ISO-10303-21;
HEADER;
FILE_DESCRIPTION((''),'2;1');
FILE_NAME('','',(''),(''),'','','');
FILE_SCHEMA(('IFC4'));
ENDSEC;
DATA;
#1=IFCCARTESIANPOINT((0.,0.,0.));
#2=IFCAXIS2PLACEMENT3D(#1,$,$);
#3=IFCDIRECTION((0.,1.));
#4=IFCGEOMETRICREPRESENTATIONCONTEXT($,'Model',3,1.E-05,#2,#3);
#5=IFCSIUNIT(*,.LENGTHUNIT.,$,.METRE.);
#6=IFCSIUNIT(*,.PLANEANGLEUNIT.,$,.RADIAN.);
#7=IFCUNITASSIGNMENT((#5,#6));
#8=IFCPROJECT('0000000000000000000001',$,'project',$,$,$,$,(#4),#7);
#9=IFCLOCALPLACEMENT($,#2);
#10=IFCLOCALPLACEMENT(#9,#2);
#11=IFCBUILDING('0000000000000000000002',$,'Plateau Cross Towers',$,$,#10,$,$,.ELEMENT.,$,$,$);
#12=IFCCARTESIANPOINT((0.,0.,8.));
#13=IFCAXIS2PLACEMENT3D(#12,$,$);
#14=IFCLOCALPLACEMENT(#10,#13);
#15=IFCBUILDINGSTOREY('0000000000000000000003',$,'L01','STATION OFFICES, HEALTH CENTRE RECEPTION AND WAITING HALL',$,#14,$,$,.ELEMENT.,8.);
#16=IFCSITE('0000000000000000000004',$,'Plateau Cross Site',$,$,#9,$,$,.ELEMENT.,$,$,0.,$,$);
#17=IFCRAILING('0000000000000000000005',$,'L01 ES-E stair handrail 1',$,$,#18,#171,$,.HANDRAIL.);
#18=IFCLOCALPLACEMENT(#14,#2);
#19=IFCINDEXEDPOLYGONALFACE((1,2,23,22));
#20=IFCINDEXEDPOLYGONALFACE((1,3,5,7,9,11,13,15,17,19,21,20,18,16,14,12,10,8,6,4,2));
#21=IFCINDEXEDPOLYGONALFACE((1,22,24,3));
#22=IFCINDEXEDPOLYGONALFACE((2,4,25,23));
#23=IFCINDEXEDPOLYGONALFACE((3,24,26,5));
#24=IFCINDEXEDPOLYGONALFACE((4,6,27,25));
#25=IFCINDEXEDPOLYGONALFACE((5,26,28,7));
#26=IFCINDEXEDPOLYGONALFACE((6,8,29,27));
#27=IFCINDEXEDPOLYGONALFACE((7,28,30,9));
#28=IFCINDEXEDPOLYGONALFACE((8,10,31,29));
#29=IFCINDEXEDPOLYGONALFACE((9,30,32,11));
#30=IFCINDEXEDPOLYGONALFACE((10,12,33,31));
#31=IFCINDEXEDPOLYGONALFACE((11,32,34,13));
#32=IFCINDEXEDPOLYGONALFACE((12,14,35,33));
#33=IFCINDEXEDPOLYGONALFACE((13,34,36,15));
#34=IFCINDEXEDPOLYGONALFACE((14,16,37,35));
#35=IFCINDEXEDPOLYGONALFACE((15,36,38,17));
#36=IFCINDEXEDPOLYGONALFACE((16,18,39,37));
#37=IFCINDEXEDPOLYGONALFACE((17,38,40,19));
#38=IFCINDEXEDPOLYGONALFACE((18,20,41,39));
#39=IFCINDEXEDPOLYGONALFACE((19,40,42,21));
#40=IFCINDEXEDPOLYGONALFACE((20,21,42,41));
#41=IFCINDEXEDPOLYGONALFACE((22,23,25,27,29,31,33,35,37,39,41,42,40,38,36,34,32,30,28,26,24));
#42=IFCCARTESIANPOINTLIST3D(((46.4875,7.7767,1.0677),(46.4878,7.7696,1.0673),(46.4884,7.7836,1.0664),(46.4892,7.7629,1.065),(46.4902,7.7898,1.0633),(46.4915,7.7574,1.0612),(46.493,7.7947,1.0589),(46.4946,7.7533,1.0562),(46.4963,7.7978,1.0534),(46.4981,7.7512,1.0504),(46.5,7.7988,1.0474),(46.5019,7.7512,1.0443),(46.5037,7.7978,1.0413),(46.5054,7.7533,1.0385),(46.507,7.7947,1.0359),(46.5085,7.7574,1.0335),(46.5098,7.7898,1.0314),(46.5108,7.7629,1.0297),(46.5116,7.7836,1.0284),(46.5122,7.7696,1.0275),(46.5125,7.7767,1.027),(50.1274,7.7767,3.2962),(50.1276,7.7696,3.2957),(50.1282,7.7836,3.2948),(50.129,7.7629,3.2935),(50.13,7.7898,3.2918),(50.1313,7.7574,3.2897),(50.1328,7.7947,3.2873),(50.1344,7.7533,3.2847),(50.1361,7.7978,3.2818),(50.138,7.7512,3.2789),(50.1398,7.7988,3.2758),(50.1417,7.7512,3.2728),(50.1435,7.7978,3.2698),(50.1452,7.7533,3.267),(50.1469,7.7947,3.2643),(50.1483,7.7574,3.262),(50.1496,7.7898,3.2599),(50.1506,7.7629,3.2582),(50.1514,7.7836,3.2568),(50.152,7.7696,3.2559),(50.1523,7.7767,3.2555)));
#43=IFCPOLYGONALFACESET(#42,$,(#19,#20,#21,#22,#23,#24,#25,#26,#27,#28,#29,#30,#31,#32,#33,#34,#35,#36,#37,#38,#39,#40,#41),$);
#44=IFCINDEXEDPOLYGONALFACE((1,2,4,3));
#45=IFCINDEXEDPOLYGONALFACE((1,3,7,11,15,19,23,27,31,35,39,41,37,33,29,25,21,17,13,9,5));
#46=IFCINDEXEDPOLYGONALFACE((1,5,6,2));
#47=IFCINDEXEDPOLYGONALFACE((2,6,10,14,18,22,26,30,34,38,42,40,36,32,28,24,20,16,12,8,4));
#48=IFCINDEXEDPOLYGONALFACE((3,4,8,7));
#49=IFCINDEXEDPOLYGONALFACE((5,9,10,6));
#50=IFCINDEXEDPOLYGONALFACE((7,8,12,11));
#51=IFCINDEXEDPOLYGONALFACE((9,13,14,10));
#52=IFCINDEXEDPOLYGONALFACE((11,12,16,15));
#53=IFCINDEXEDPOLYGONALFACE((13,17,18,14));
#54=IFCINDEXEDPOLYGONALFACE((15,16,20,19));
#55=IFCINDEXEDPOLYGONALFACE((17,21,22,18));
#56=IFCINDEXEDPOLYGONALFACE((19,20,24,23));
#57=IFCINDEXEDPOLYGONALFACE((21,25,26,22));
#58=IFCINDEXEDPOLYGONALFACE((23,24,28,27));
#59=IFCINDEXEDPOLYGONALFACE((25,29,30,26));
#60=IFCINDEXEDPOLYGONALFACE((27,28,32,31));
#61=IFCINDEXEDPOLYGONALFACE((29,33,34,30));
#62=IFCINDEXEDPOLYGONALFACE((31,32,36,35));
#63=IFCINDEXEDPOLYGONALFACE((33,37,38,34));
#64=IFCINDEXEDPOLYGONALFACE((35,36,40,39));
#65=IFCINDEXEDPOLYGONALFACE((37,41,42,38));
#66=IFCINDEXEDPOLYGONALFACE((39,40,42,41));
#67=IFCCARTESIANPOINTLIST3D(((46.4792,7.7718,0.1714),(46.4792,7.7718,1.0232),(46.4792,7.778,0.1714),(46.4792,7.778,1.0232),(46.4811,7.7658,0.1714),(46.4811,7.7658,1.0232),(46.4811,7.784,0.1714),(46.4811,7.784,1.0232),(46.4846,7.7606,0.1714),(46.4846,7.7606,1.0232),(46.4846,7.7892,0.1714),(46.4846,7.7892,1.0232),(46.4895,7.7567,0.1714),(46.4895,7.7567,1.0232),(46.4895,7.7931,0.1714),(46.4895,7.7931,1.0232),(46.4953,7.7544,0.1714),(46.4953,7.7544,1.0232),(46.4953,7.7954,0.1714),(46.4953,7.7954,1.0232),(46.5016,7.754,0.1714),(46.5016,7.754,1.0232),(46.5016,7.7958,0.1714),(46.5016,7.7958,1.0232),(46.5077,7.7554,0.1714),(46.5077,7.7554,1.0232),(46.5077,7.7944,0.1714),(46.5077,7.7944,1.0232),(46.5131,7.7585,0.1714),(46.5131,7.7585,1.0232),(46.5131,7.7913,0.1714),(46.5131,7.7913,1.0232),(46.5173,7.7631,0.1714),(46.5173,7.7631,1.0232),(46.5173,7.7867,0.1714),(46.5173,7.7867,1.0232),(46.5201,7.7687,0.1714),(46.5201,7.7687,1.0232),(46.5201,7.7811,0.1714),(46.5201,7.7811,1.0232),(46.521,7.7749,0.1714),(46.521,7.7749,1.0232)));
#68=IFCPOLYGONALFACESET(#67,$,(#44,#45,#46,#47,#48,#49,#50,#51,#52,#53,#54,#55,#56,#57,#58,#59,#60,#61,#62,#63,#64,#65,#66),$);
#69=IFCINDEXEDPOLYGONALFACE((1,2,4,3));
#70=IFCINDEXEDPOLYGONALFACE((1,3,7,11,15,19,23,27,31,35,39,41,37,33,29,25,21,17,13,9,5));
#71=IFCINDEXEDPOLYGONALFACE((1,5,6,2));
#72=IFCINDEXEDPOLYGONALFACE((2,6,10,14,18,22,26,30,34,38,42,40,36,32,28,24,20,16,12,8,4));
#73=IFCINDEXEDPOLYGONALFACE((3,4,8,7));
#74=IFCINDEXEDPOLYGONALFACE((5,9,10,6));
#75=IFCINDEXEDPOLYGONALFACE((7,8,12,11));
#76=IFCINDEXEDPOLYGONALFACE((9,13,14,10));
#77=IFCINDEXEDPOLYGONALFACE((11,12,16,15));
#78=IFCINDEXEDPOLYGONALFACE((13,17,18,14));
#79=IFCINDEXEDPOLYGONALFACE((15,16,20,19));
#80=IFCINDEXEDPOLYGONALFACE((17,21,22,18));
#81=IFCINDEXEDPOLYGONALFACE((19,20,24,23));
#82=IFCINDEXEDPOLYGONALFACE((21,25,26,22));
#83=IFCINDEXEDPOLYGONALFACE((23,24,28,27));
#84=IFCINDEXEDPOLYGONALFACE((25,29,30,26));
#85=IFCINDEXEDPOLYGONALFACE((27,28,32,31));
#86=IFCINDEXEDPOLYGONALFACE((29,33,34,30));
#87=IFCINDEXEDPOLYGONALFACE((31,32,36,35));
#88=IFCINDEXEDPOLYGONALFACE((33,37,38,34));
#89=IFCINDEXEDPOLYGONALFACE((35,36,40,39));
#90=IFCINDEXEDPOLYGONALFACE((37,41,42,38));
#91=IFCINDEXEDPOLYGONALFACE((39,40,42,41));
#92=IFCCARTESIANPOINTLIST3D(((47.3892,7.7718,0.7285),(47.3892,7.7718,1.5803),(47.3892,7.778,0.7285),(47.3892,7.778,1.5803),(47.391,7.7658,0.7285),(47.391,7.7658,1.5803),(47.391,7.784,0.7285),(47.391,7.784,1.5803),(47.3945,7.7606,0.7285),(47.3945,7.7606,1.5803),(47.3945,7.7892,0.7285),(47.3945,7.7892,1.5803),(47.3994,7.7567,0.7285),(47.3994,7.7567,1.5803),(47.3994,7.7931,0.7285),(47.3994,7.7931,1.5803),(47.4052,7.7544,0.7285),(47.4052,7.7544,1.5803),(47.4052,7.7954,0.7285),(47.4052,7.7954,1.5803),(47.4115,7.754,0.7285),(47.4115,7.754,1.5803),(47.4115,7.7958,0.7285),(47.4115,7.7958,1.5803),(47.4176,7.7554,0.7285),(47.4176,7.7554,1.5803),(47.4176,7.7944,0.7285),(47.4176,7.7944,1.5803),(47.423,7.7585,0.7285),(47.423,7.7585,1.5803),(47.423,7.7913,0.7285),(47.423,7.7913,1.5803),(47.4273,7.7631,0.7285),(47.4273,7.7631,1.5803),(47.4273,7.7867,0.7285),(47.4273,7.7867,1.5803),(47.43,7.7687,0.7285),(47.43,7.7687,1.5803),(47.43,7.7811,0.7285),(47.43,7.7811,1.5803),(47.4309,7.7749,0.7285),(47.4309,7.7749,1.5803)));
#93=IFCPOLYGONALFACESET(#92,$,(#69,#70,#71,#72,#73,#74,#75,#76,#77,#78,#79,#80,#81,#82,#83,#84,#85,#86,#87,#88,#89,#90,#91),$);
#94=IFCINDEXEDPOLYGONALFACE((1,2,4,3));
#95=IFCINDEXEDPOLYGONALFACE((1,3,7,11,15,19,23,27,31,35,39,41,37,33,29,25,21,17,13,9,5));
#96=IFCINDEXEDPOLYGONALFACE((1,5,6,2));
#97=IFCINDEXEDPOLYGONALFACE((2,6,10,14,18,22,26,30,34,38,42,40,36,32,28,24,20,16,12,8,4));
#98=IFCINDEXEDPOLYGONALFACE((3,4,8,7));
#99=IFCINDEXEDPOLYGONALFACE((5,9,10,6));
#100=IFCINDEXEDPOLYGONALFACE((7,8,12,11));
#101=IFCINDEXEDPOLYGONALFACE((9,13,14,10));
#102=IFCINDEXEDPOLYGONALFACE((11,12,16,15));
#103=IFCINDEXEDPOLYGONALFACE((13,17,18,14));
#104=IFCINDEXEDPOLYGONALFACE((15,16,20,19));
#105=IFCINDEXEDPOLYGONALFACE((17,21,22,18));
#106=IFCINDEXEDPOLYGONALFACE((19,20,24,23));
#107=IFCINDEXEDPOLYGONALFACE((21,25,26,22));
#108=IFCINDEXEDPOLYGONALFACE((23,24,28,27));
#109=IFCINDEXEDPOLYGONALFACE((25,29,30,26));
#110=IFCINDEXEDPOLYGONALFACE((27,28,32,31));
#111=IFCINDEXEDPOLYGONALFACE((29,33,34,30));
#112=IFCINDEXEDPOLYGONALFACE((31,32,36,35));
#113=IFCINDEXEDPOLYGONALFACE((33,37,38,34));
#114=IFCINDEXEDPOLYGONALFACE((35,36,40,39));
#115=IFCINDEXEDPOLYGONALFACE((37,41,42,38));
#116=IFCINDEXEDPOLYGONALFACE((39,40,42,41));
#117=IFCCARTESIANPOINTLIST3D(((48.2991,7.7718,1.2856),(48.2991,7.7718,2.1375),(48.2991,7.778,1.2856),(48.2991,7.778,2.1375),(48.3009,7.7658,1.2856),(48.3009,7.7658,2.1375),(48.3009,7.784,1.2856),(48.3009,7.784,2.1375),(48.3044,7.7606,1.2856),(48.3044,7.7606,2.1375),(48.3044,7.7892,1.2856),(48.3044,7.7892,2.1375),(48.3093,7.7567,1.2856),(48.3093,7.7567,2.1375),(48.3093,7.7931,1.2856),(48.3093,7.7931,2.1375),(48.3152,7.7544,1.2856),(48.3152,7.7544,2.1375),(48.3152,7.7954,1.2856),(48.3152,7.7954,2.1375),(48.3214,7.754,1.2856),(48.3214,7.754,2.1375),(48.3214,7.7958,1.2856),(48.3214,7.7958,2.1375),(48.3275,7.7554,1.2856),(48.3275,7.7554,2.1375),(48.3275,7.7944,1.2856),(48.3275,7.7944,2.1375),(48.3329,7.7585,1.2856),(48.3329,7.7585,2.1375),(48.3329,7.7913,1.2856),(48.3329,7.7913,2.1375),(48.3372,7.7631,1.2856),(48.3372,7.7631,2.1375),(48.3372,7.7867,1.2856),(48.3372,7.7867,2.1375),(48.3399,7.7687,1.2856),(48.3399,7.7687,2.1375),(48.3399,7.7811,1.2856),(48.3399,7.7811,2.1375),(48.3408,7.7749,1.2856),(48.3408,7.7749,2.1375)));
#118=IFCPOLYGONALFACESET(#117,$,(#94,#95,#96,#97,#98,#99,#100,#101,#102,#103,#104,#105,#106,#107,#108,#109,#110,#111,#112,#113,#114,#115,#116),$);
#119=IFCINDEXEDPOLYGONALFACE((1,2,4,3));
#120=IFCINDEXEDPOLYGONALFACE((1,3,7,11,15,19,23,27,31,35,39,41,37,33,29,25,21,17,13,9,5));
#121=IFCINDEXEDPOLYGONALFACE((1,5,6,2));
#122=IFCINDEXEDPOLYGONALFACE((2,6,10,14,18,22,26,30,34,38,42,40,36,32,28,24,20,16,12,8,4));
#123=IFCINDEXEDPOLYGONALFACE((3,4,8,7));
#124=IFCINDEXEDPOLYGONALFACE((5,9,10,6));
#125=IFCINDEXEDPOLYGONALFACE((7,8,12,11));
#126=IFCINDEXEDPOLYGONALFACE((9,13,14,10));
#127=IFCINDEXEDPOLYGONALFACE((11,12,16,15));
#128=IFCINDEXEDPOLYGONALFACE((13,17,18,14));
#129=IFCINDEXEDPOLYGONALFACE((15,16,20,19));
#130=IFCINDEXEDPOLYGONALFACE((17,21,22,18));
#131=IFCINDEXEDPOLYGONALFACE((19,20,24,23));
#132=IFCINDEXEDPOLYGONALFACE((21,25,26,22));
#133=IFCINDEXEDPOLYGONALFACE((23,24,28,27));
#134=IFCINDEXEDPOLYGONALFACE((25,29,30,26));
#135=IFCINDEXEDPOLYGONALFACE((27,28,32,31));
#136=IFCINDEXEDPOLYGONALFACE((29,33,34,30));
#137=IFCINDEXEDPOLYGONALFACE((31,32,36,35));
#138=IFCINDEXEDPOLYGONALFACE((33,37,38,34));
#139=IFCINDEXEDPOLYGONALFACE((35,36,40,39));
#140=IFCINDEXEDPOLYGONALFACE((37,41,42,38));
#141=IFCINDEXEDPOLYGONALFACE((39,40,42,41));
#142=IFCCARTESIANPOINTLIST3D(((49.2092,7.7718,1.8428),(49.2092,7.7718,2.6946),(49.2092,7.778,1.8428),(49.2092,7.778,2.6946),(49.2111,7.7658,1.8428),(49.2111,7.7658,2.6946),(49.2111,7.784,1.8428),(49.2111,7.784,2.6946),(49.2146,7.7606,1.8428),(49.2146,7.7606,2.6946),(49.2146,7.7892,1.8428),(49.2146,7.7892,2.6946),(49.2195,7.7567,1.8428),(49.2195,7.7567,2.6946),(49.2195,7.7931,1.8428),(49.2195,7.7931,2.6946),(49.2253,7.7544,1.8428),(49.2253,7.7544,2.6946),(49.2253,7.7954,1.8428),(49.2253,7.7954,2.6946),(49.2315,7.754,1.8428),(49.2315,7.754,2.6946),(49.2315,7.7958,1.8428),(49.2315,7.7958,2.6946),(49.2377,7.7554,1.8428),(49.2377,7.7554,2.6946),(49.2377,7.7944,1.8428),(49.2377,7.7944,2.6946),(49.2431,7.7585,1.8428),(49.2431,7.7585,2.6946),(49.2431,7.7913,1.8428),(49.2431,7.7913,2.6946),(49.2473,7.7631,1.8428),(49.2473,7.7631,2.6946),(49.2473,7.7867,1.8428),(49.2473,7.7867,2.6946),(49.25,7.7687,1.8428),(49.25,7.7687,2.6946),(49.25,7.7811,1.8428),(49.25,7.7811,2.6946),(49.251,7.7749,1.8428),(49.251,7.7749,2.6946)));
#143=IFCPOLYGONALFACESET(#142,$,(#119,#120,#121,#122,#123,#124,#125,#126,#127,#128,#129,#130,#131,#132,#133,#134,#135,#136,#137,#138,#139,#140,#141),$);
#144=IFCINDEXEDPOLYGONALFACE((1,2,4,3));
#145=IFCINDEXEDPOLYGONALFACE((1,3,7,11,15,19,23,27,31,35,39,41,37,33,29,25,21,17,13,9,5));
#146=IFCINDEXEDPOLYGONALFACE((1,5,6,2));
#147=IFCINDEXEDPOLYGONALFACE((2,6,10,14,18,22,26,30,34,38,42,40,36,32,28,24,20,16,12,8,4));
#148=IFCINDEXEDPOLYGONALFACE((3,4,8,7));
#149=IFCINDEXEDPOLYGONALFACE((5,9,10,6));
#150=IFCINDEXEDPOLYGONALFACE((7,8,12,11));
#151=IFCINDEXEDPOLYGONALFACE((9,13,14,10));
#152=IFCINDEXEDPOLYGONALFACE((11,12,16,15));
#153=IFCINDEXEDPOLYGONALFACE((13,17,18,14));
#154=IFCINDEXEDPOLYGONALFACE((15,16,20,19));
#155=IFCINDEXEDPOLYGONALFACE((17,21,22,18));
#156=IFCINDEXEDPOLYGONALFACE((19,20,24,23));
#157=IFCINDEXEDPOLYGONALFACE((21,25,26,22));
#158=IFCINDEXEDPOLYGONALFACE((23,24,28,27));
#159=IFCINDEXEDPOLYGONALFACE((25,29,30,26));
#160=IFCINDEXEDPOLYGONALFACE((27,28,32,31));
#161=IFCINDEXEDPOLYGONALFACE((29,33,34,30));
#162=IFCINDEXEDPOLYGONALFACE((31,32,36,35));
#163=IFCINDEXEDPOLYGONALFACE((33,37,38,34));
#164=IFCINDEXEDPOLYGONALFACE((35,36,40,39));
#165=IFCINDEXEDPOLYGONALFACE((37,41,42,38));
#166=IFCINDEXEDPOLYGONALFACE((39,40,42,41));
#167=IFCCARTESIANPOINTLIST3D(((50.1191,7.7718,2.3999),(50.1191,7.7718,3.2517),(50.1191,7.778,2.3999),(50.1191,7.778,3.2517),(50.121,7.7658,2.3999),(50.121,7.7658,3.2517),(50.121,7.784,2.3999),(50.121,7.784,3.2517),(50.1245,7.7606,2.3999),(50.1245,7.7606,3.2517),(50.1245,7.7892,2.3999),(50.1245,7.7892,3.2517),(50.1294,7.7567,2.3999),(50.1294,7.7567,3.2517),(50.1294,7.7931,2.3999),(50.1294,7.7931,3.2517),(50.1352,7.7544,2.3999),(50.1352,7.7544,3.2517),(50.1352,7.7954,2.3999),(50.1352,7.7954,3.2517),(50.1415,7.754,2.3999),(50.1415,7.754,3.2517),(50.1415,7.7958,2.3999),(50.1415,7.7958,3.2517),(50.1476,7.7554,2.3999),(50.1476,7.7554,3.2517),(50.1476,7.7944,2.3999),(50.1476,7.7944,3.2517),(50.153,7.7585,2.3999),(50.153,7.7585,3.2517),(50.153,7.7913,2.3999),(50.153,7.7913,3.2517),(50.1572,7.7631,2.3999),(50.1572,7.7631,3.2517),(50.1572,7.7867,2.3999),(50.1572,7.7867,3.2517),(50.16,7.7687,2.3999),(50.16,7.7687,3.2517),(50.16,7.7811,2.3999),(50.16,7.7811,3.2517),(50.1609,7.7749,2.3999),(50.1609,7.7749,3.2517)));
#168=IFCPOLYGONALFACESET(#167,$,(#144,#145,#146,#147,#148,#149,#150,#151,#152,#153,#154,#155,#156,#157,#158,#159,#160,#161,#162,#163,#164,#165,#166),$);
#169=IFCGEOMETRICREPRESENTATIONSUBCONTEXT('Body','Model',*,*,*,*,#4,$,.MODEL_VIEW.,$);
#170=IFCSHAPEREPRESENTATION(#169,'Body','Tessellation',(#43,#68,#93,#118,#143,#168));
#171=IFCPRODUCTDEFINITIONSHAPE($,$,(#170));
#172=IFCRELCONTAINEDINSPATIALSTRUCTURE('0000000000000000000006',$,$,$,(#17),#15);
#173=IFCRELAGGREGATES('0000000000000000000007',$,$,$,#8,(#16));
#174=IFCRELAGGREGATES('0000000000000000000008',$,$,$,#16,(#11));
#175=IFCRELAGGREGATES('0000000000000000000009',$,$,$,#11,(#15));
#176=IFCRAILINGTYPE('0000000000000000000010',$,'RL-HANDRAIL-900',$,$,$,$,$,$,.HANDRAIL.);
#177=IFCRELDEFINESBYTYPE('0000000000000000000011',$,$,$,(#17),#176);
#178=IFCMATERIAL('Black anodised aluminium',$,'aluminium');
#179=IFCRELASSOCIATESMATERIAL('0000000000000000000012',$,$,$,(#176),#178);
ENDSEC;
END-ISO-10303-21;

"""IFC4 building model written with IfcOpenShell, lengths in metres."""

from ifc_helpers import new_model, si_unit, direction, frame, origin, origin_2d, place, context, subcontext, project, spatial, circle, extrude, material, type_object, element, save


model = new_model("IFC4")

# Units and contexts
model_context = context("Model", 3, precision=1e-05, world=origin(), true_north=direction((0.0, 1.0)))
body_context = subcontext(model_context, "Body", "Model", "MODEL_VIEW")
ifc_project = project(units=[si_unit("LENGTHUNIT", "METRE"), si_unit("PLANEANGLEUNIT", "RADIAN")], contexts=[model_context])

# Site, building, storey
site_placement = place(None, origin())
site = spatial("IfcSite", under=ifc_project, at=site_placement, Name="Plateau Cross Site", CompositionType="ELEMENT", RefElevation=0.0)
building_placement = place(site_placement, origin())
building = spatial("IfcBuilding", under=site, at=building_placement, Name="Plateau Cross Towers", CompositionType="ELEMENT")
storey_placement = place(building_placement, frame((0.0, 0.0, 8.0)))
storey = spatial("IfcBuildingStorey", under=building, at=storey_placement, Name="L01", Description="STATION OFFICES, HEALTH CENTRE RECEPTION AND WAITING HALL", CompositionType="ELEMENT", Elevation=8.0)

# Railing
ifc_material_1 = material(Name="Black anodised aluminium", Category="aluminium")
railing_type_1 = type_object("IfcRailingType", Name="RL-HANDRAIL-900", PredefinedType="HANDRAIL", material=ifc_material_1)
railing_1_placement = place(storey_placement, frame((46.5, 7.7749, 0.1714)))
element("IfcRailing", 1, at=railing_1_placement, inside=storey, type_object=railing_type_1, Name="L01 ES-E stair handrail 1", PredefinedType="HANDRAIL", context=body_context, shape_type="SweptSolid", body=[
    extrude(circle(Radius=0.0239, at=origin_2d()), frame((0.0, 0.0, 0.876), z_axis=(0.85285, 0.0, 0.522156), x_axis=(0.0, 1.0, 0.0)), (0.0, 0.0, 1.0), 4.2678),
    extrude(circle(Radius=0.021, at=origin_2d()), origin(), (0.0, 0.0, 1.0), 0.8518),
    extrude(circle(Radius=0.021, at=origin_2d()), frame((0.9099, 0.0, 0.5571)), (0.0, 0.0, 1.0), 0.8518),
    extrude(circle(Radius=0.021, at=origin_2d()), frame((1.8198, 0.0, 1.1143)), (0.0, 0.0, 1.0), 0.8518),
    extrude(circle(Radius=0.021, at=origin_2d()), frame((2.73, 0.0, 1.6714)), (0.0, 0.0, 1.0), 0.8518),
    extrude(circle(Radius=0.021, at=origin_2d()), frame((3.6399, 0.0, 2.2285)), (0.0, 0.0, 1.0), 0.8518),
])

save(model, "model.ifc")
